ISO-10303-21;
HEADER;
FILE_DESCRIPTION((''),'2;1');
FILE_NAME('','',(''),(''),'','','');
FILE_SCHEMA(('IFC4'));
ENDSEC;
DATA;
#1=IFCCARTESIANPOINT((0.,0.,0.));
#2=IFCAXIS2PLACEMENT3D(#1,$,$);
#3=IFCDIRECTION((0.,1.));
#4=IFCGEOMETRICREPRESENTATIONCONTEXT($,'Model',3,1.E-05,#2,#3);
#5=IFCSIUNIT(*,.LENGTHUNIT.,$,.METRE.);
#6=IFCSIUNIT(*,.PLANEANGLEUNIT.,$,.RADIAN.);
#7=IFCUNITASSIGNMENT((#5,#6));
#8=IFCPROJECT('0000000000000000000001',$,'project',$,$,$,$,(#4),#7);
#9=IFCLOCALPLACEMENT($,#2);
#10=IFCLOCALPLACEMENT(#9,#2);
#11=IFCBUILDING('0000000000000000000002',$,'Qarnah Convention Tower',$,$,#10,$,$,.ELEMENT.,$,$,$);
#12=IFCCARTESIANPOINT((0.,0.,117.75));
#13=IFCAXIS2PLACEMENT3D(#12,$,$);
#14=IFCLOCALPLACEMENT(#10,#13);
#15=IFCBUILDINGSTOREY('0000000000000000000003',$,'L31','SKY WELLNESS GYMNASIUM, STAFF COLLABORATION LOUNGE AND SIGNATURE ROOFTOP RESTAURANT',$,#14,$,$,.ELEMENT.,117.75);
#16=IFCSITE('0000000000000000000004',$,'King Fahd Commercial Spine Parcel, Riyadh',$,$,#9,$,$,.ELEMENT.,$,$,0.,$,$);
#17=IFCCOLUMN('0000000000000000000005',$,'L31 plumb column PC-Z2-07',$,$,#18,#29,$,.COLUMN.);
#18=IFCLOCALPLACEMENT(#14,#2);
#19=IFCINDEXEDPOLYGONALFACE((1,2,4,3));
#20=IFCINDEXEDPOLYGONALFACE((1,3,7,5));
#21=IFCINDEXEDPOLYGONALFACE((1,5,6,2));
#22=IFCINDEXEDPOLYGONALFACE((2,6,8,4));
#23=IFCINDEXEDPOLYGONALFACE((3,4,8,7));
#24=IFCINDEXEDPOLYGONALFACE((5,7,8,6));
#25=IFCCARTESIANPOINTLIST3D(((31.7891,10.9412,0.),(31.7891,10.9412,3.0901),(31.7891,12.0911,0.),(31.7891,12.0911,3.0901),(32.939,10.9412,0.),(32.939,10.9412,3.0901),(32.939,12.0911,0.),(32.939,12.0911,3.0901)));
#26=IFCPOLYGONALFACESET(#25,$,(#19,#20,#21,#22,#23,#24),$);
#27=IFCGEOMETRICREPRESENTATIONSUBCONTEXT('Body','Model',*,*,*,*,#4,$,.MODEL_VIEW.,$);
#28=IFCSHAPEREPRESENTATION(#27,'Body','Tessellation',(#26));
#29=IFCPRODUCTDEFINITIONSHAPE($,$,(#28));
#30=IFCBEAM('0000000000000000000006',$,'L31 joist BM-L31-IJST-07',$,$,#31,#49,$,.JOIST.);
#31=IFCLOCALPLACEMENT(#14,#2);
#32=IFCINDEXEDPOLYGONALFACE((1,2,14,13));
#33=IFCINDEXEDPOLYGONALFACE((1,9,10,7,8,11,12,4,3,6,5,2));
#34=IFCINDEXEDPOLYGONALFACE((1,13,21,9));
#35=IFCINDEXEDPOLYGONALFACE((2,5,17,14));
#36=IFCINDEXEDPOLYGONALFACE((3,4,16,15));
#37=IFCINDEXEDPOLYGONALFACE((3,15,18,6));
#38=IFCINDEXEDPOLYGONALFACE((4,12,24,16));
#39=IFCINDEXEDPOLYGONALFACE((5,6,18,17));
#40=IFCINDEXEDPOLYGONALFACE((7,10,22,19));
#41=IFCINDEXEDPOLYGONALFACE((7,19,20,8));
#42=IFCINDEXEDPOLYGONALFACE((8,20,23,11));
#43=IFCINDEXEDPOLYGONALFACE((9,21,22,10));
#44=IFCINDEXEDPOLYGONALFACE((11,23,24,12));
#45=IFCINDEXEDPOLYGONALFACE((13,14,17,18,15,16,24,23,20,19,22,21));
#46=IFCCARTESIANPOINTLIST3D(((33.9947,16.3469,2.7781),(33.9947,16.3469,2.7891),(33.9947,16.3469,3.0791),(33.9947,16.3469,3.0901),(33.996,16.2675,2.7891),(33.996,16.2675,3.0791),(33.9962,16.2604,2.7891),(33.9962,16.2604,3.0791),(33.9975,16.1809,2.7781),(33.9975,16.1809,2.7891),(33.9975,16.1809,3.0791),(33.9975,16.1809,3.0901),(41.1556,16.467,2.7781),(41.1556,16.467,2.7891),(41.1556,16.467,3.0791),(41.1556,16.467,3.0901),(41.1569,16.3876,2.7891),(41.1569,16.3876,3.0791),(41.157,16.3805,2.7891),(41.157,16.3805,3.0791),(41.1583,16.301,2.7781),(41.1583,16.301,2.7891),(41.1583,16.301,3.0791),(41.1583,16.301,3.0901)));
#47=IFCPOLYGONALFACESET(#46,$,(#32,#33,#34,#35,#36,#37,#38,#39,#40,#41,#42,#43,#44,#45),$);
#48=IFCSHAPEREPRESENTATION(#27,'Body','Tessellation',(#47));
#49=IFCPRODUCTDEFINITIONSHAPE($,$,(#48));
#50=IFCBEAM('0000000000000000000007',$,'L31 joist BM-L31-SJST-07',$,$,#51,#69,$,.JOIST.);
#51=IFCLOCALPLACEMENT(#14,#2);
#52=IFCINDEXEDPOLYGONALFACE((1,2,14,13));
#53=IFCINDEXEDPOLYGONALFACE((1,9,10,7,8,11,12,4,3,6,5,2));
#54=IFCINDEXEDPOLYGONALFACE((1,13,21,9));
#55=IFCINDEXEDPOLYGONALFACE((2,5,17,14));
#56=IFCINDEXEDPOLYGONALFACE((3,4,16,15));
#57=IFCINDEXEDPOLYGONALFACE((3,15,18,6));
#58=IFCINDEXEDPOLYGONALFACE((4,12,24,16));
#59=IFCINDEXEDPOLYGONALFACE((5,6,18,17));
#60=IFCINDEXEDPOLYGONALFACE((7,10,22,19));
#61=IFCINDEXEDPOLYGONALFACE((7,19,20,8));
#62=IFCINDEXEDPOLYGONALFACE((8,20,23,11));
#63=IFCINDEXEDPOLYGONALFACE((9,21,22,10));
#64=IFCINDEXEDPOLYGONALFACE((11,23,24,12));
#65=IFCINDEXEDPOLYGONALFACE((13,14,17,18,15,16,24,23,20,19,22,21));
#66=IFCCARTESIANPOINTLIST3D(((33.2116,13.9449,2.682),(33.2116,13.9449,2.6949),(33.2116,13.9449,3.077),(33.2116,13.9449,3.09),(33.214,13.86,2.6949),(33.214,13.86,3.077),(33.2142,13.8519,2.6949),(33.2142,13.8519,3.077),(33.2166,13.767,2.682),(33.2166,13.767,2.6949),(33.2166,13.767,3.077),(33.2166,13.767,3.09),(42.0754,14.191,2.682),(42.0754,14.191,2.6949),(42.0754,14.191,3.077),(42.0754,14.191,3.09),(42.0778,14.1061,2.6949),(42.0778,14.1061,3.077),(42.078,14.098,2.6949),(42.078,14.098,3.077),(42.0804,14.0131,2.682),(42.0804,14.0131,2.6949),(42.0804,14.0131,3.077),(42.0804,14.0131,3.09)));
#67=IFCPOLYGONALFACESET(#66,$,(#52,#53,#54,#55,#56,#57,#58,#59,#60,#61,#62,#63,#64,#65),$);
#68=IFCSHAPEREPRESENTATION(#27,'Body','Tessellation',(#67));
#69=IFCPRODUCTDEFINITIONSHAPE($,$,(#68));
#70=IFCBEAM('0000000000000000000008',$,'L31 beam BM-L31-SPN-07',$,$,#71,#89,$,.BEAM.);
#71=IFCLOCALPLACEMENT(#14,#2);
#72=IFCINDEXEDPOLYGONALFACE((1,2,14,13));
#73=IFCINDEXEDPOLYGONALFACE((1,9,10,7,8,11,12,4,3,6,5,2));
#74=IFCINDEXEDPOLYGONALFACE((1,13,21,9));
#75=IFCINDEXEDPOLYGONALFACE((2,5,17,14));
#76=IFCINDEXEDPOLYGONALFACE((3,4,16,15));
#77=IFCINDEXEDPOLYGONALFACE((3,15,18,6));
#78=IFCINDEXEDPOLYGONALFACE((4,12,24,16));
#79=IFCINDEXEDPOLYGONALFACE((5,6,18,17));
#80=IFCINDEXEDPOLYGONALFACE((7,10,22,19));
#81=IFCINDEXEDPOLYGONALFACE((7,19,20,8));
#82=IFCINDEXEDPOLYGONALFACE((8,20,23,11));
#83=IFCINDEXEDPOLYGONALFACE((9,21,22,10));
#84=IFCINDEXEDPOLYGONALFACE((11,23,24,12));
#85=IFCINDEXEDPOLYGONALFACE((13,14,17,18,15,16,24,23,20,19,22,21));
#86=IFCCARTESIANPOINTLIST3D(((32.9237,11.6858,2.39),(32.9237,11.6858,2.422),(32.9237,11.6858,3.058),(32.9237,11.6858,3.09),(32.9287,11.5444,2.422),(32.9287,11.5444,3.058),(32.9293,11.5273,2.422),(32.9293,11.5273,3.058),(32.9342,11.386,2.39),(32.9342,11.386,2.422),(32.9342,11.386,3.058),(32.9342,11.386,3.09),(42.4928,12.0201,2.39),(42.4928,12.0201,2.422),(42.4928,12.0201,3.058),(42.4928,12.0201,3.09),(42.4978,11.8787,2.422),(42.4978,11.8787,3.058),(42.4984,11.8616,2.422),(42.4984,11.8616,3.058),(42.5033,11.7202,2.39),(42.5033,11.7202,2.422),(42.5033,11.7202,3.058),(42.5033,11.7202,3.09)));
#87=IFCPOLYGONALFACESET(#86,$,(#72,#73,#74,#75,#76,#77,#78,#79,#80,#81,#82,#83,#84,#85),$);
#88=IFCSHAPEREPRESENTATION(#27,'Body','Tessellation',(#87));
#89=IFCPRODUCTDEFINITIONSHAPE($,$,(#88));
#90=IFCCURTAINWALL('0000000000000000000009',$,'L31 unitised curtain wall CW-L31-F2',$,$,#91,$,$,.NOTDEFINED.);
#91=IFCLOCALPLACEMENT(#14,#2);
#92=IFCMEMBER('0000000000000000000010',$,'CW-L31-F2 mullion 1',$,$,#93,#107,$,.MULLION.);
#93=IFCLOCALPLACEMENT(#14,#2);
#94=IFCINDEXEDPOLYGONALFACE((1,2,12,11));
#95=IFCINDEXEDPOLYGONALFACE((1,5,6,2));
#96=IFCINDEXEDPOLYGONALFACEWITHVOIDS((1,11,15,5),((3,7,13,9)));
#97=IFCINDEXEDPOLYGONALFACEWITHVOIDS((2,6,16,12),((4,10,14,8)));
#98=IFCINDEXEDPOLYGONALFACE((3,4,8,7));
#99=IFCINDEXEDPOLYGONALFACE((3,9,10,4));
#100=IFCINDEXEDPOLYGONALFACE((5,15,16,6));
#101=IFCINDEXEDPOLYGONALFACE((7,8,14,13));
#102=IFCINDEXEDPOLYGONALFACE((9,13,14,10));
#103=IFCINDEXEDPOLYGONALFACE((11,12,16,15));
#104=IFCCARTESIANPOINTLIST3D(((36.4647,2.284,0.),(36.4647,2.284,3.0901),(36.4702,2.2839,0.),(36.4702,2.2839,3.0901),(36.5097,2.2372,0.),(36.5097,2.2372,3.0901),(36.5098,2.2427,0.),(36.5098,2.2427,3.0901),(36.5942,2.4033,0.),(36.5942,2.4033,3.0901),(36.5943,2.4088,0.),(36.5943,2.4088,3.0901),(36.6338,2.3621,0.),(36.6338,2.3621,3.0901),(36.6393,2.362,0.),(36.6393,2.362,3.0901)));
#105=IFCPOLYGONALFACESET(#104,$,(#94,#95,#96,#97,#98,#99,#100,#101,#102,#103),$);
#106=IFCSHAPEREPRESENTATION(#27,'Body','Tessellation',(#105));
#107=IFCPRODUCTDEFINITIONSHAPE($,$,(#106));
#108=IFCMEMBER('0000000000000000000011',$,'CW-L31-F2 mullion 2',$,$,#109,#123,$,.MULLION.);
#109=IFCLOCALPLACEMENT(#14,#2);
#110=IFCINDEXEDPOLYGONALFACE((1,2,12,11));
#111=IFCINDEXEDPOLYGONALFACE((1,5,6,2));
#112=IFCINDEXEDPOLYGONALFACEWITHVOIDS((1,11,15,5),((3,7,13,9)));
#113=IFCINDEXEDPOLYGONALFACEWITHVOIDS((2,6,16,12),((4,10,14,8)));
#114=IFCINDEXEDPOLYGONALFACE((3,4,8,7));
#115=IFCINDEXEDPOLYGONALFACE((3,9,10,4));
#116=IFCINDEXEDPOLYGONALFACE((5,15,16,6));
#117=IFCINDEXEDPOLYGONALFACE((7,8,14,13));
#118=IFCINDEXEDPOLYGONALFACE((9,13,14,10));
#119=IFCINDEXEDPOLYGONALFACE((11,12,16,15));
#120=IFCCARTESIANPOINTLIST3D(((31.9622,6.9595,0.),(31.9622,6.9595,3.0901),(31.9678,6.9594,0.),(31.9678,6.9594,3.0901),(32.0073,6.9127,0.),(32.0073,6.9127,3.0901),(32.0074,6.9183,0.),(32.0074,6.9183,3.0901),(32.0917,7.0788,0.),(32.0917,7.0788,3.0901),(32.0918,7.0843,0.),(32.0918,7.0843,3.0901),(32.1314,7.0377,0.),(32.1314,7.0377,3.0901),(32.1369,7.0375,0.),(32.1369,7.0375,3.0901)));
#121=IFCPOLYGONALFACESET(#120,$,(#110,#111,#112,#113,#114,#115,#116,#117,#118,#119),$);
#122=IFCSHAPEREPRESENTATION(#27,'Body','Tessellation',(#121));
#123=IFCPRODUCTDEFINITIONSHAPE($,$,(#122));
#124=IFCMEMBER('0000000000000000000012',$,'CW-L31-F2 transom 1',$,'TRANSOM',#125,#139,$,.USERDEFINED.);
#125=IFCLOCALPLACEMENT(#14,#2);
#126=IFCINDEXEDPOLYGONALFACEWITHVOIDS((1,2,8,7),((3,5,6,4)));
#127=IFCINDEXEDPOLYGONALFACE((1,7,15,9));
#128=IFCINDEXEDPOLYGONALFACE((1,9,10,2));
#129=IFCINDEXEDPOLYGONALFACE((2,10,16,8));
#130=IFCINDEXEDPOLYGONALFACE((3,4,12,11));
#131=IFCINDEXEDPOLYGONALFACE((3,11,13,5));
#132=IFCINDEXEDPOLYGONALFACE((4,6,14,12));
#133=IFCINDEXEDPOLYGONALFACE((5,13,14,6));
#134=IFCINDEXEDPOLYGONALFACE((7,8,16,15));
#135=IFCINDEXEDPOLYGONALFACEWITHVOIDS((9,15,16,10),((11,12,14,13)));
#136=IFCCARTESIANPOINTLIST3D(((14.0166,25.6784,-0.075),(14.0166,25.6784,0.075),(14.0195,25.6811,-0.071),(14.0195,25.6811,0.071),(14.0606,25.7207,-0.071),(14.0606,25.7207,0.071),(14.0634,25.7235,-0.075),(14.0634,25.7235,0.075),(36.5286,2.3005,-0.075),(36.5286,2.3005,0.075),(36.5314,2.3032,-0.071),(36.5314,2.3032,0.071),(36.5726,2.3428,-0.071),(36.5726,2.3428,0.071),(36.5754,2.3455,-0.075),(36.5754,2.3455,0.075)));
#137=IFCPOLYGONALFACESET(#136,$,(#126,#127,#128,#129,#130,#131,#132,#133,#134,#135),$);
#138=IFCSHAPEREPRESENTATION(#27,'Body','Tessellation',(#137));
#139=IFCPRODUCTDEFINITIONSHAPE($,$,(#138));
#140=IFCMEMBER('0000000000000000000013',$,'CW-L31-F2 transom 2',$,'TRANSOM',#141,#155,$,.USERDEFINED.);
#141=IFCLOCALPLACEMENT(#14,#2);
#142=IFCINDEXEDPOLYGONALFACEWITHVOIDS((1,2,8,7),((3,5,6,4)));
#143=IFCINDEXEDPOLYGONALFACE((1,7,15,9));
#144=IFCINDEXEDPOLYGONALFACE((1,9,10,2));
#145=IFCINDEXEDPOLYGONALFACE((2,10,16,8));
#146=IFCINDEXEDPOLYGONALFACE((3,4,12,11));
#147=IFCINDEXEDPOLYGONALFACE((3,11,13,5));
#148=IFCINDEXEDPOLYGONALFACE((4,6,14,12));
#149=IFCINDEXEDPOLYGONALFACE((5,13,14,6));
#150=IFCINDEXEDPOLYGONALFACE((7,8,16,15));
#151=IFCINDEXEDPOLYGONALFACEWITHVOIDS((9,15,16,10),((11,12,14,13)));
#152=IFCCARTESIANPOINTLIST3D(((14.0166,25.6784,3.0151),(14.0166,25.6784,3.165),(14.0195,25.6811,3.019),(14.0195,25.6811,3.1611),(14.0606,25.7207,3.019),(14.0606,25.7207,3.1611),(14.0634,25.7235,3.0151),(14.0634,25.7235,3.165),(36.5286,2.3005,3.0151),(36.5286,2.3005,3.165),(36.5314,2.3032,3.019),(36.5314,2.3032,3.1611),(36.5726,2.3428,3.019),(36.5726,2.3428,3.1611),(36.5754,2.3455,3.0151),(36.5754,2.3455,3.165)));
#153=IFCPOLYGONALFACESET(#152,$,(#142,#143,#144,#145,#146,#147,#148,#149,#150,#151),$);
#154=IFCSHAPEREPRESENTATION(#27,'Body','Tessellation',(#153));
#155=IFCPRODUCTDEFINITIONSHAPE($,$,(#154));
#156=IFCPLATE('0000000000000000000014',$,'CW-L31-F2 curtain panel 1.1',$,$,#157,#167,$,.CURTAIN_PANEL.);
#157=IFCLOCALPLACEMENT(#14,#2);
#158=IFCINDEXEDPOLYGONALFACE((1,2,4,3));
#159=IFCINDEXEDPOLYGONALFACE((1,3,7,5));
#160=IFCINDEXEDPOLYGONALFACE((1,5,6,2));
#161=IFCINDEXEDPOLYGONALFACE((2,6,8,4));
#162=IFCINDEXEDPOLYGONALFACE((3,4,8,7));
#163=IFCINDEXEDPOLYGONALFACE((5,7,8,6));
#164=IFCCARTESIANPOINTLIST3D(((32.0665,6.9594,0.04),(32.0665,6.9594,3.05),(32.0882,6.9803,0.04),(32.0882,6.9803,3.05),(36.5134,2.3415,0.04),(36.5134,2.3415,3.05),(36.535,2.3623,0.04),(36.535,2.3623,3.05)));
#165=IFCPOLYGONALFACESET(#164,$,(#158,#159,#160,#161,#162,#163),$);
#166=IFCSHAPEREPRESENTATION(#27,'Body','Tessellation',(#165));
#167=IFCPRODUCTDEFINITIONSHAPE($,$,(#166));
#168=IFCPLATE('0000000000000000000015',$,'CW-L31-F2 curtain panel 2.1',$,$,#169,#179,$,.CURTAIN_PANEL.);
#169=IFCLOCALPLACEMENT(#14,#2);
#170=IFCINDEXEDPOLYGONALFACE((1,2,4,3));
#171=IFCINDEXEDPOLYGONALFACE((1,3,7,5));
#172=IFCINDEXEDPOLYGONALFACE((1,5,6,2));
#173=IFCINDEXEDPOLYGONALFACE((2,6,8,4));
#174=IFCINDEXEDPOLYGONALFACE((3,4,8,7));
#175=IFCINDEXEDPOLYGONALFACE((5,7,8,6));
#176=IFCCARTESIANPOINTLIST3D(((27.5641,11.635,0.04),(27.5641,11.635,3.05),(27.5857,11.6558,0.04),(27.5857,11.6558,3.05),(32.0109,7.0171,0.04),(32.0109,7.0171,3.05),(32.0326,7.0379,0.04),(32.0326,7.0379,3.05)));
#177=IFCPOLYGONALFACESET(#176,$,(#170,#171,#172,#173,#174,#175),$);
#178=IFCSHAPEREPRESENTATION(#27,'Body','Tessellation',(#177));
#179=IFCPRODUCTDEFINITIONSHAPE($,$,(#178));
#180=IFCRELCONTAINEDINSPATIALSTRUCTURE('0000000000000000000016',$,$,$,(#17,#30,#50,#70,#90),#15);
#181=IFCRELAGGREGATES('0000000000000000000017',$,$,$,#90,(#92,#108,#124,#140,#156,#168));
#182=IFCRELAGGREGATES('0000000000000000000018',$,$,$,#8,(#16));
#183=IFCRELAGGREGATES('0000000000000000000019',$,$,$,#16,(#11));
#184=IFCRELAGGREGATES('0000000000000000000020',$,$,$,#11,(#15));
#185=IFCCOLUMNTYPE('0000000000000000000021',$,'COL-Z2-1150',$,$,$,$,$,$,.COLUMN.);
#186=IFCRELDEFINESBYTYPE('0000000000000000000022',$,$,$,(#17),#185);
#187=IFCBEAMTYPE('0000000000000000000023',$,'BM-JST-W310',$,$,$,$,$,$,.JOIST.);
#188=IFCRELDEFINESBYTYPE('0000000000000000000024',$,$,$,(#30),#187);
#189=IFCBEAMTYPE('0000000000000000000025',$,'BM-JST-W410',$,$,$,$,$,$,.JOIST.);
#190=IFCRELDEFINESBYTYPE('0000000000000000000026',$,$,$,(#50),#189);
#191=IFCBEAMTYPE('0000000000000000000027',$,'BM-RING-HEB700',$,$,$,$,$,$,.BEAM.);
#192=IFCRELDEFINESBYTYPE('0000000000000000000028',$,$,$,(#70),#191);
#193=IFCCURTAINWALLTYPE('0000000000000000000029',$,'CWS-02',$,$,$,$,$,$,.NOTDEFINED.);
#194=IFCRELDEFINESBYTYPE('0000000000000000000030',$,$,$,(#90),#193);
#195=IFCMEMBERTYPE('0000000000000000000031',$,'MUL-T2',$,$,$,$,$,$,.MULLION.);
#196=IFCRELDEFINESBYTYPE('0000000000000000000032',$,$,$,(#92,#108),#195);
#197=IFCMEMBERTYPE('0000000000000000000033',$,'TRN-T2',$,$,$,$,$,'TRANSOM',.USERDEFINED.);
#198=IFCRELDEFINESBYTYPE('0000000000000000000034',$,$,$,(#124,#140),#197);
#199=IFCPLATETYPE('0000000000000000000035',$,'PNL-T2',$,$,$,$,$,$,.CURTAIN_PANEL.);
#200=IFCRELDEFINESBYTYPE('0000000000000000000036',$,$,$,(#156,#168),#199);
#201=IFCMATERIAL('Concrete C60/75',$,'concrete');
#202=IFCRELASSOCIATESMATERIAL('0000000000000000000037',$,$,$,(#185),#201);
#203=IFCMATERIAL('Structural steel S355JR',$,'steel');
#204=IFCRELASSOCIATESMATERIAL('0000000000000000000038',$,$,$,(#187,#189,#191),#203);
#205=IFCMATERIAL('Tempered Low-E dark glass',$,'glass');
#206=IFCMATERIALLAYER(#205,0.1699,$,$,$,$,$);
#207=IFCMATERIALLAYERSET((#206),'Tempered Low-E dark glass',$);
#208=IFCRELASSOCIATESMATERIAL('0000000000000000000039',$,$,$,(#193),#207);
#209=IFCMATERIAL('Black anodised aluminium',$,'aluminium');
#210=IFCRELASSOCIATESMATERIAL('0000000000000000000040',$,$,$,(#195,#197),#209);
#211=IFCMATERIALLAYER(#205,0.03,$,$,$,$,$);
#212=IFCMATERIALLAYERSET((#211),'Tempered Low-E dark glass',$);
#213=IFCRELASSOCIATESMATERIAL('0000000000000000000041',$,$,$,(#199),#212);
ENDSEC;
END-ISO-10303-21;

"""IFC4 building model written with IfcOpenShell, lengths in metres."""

from ifc_helpers import new_model, si_unit, direction, frame, origin, origin_2d, place, context, subcontext, project, spatial, rectangle, hollow_rectangle, i_section, extrude, material, layer, layer_set, material_profile, profile_set, type_object, element, aggregate, save


model = new_model("IFC4")

# Units and contexts
model_context = context("Model", 3, precision=1e-05, world=origin(), true_north=direction((0.0, 1.0)))
body_context = subcontext(model_context, "Body", "Model", "MODEL_VIEW")
ifc_project = project(units=[si_unit("LENGTHUNIT", "METRE"), si_unit("PLANEANGLEUNIT", "RADIAN")], contexts=[model_context])

# Site, building, storey
site_placement = place(None, origin())
site = spatial("IfcSite", under=ifc_project, at=site_placement, Name="King Fahd Commercial Spine Parcel, Riyadh", CompositionType="ELEMENT", RefElevation=0.0)
building_placement = place(site_placement, origin())
building = spatial("IfcBuilding", under=site, at=building_placement, Name="Qarnah Convention Tower", CompositionType="ELEMENT")
storey_placement = place(building_placement, frame((0.0, 0.0, 117.75)))
storey = spatial("IfcBuildingStorey", under=building, at=storey_placement, Name="L31", Description="SKY WELLNESS GYMNASIUM, STAFF COLLABORATION LOUNGE AND SIGNATURE ROOFTOP RESTAURANT", CompositionType="ELEMENT", Elevation=117.75)

# Column
ifc_material_1 = material(Name="Concrete C60/75", Category="concrete")
ifc_material_profile_1 = material_profile(ifc_material_1, rectangle(XDim=1.1499, YDim=1.1499, at=origin_2d()), Name="RC-COL-1150X1150")
ifc_profile_set_1 = profile_set([ifc_material_profile_1], Name="Concrete C60/75")
column_type = type_object("IfcColumnType", Name="COL-Z2-1150", PredefinedType="COLUMN", material=ifc_profile_set_1)
column_placement = place(storey_placement, frame((32.364, 11.5161, 0.0), z_axis=(0.0, 0.0, 1.0), x_axis=(1.0, 0.0, 0.0)))
element("IfcColumn", 1, at=column_placement, inside=storey, type_object=column_type, Name="L31 plumb column PC-Z2-07", PredefinedType="COLUMN", context=body_context, shape_type="SweptSolid", body=[
    extrude(rectangle(XDim=1.1499, YDim=1.1499, at=origin_2d()), origin(), (0.0, 0.0, 1.0), 3.0901),
])

# Beams
ifc_material_2 = material(Name="Structural steel S355JR", Category="steel")
ifc_material_profile_2 = material_profile(ifc_material_2, i_section(OverallWidth=0.166, OverallDepth=0.312, WebThickness=0.0071, FlangeThickness=0.011, at=origin_2d()), Name="W310X45")
ifc_profile_set_2 = profile_set([ifc_material_profile_2], Name="Structural steel S355JR")
beam_type_1 = type_object("IfcBeamType", Name="BM-JST-W310", PredefinedType="JOIST", material=ifc_profile_set_2)
beam_1_placement = place(storey_placement, frame((33.9961, 16.2639, 2.9341), z_axis=(0.999859, 0.016772, 0.0), x_axis=(-0.016772, 0.999859, 0.0)))
element("IfcBeam", 2, at=beam_1_placement, inside=storey, type_object=beam_type_1, Name="L31 joist BM-L31-IJST-07", PredefinedType="JOIST", context=body_context, shape_type="SweptSolid", body=[
    extrude(i_section(OverallWidth=0.166, OverallDepth=0.312, WebThickness=0.0071, FlangeThickness=0.011, at=origin_2d()), origin(), (0.0, 0.0, 1.0), 7.1619),
])
ifc_material_profile_3 = material_profile(ifc_material_2, i_section(OverallWidth=0.178, OverallDepth=0.408, WebThickness=0.0081, FlangeThickness=0.0129, at=origin_2d()), Name="W410X60")
ifc_profile_set_3 = profile_set([ifc_material_profile_3], Name="Structural steel S355JR")
beam_type_2 = type_object("IfcBeamType", Name="BM-JST-W410", PredefinedType="JOIST", material=ifc_profile_set_3)
beam_2_placement = place(storey_placement, frame((33.2141, 13.856, 2.886), z_axis=(0.999615, 0.027753, 0.0), x_axis=(-0.027753, 0.999615, 0.0)))
element("IfcBeam", 3, at=beam_2_placement, inside=storey, type_object=beam_type_2, Name="L31 joist BM-L31-SJST-07", PredefinedType="JOIST", context=body_context, shape_type="SweptSolid", body=[
    extrude(i_section(OverallWidth=0.178, OverallDepth=0.408, WebThickness=0.0081, FlangeThickness=0.0129, at=origin_2d()), origin(), (0.0, 0.0, 1.0), 8.8672),
])
ifc_material_profile_4 = material_profile(ifc_material_2, i_section(OverallWidth=0.3, OverallDepth=0.7, WebThickness=0.0171, FlangeThickness=0.032, at=origin_2d()), Name="HEB700")
ifc_profile_set_4 = profile_set([ifc_material_profile_4], Name="Structural steel S355JR")
beam_type_3 = type_object("IfcBeamType", Name="BM-RING-HEB700", PredefinedType="BEAM", material=ifc_profile_set_4)
beam_3_placement = place(storey_placement, frame((32.929, 11.5359, 2.74), z_axis=(0.999391, 0.034907, 0.0), x_axis=(-0.034907, 0.999391, 0.0)))
element("IfcBeam", 4, at=beam_3_placement, inside=storey, type_object=beam_type_3, Name="L31 beam BM-L31-SPN-07", PredefinedType="BEAM", context=body_context, shape_type="SweptSolid", body=[
    extrude(i_section(OverallWidth=0.3, OverallDepth=0.7, WebThickness=0.0171, FlangeThickness=0.032, at=origin_2d()), origin(), (0.0, 0.0, 1.0), 9.575),
])

# Curtain wall, members, plates
ifc_material_3 = material(Name="Tempered Low-E dark glass", Category="glass")
ifc_layer_1 = layer(ifc_material_3, 0.1699)
ifc_layer_set_1 = layer_set([ifc_layer_1], Name="Tempered Low-E dark glass")
curtain_wall_type = type_object("IfcCurtainWallType", Name="CWS-02", PredefinedType="NOTDEFINED", material=ifc_layer_set_1)
curtain_wall_placement = place(storey_placement, origin())
curtain_wall = element("IfcCurtainWall", 5, at=curtain_wall_placement, inside=storey, type_object=curtain_wall_type, Name="L31 unitised curtain wall CW-L31-F2", PredefinedType="NOTDEFINED")
ifc_material_4 = material(Name="Black anodised aluminium", Category="aluminium")
ifc_material_profile_5 = material_profile(ifc_material_4, hollow_rectangle(XDim=0.0649, YDim=0.1799, WallThickness=0.0039, at=origin_2d()), Name="MUL-65X180")
ifc_profile_set_5 = profile_set([ifc_material_profile_5], Name="Black anodised aluminium")
member_type_1 = type_object("IfcMemberType", Name="MUL-T2", PredefinedType="MULLION", material=ifc_profile_set_5)
member_1_placement = place(storey_placement, frame((36.552, 2.323, 0.0), z_axis=(0.0, 0.0, 1.0), x_axis=(-0.693639, 0.720322, 0.0)))
member_1 = element("IfcMember", 6, at=member_1_placement, type_object=member_type_1, Name="CW-L31-F2 mullion 1", PredefinedType="MULLION", context=body_context, shape_type="SweptSolid", body=[
    extrude(hollow_rectangle(XDim=0.0649, YDim=0.1799, WallThickness=0.0039, at=origin_2d()), origin(), (0.0, 0.0, 1.0), 3.0901),
])
member_2_placement = place(storey_placement, frame((32.0496, 6.9985, 0.0), z_axis=(0.0, 0.0, 1.0), x_axis=(-0.693639, 0.720322, 0.0)))
member_2 = element("IfcMember", 7, at=member_2_placement, type_object=member_type_1, Name="CW-L31-F2 mullion 2", PredefinedType="MULLION", context=body_context, shape_type="SweptSolid", body=[
    extrude(hollow_rectangle(XDim=0.0649, YDim=0.1799, WallThickness=0.0039, at=origin_2d()), origin(), (0.0, 0.0, 1.0), 3.0901),
])
ifc_material_profile_6 = material_profile(ifc_material_4, hollow_rectangle(XDim=0.0649, YDim=0.1499, WallThickness=0.0039, at=origin_2d()), Name="TRN-65X150")
ifc_profile_set_6 = profile_set([ifc_material_profile_6], Name="Black anodised aluminium")
member_type_2 = type_object("IfcMemberType", Name="TRN-T2", ElementType="TRANSOM", PredefinedType="USERDEFINED", material=ifc_profile_set_6)
member_3_placement = place(storey_placement, frame((36.552, 2.323, 0.0), z_axis=(-0.69364, 0.720322, 0.0), x_axis=(-0.720322, -0.69364, 0.0)))
member_3 = element("IfcMember", 8, at=member_3_placement, type_object=member_type_2, Name="CW-L31-F2 transom 1", ObjectType="TRANSOM", PredefinedType="USERDEFINED", context=body_context, shape_type="SweptSolid", body=[
    extrude(hollow_rectangle(XDim=0.0649, YDim=0.1499, WallThickness=0.0039, at=origin_2d()), origin(), (0.0, 0.0, 1.0), 32.4548),
])
member_4_placement = place(storey_placement, frame((36.552, 2.323, 3.0901), z_axis=(-0.69364, 0.720322, 0.0), x_axis=(-0.720322, -0.69364, 0.0)))
member_4 = element("IfcMember", 9, at=member_4_placement, type_object=member_type_2, Name="CW-L31-F2 transom 2", ObjectType="TRANSOM", PredefinedType="USERDEFINED", context=body_context, shape_type="SweptSolid", body=[
    extrude(hollow_rectangle(XDim=0.0649, YDim=0.1499, WallThickness=0.0039, at=origin_2d()), origin(), (0.0, 0.0, 1.0), 32.4548),
])
ifc_layer_2 = layer(ifc_material_3, 0.03)
ifc_layer_set_2 = layer_set([ifc_layer_2], Name="Tempered Low-E dark glass")
plate_type = type_object("IfcPlateType", Name="PNL-T2", PredefinedType="CURTAIN_PANEL", material=ifc_layer_set_2)
plate_1_placement = place(storey_placement, frame((34.3008, 4.6609, 0.04), z_axis=(0.0, 0.0, 1.0), x_axis=(-0.693639, 0.720322, 0.0)))
plate_1 = element("IfcPlate", 10, at=plate_1_placement, type_object=plate_type, Name="CW-L31-F2 curtain panel 1.1", PredefinedType="CURTAIN_PANEL", context=body_context, shape_type="SweptSolid", body=[
    extrude(rectangle(XDim=6.4109, YDim=0.03, at=origin_2d()), origin(), (0.0, 0.0, 1.0), 3.01),
])
plate_2_placement = place(storey_placement, frame((29.7983, 9.3364, 0.04), z_axis=(0.0, 0.0, 1.0), x_axis=(-0.693639, 0.720322, 0.0)))
plate_2 = element("IfcPlate", 11, at=plate_2_placement, type_object=plate_type, Name="CW-L31-F2 curtain panel 2.1", PredefinedType="CURTAIN_PANEL", context=body_context, shape_type="SweptSolid", body=[
    extrude(rectangle(XDim=6.4109, YDim=0.03, at=origin_2d()), origin(), (0.0, 0.0, 1.0), 3.01),
])
aggregate(curtain_wall, [member_1, member_2, member_3, member_4, plate_1, plate_2])

save(model, "model.ifc")
